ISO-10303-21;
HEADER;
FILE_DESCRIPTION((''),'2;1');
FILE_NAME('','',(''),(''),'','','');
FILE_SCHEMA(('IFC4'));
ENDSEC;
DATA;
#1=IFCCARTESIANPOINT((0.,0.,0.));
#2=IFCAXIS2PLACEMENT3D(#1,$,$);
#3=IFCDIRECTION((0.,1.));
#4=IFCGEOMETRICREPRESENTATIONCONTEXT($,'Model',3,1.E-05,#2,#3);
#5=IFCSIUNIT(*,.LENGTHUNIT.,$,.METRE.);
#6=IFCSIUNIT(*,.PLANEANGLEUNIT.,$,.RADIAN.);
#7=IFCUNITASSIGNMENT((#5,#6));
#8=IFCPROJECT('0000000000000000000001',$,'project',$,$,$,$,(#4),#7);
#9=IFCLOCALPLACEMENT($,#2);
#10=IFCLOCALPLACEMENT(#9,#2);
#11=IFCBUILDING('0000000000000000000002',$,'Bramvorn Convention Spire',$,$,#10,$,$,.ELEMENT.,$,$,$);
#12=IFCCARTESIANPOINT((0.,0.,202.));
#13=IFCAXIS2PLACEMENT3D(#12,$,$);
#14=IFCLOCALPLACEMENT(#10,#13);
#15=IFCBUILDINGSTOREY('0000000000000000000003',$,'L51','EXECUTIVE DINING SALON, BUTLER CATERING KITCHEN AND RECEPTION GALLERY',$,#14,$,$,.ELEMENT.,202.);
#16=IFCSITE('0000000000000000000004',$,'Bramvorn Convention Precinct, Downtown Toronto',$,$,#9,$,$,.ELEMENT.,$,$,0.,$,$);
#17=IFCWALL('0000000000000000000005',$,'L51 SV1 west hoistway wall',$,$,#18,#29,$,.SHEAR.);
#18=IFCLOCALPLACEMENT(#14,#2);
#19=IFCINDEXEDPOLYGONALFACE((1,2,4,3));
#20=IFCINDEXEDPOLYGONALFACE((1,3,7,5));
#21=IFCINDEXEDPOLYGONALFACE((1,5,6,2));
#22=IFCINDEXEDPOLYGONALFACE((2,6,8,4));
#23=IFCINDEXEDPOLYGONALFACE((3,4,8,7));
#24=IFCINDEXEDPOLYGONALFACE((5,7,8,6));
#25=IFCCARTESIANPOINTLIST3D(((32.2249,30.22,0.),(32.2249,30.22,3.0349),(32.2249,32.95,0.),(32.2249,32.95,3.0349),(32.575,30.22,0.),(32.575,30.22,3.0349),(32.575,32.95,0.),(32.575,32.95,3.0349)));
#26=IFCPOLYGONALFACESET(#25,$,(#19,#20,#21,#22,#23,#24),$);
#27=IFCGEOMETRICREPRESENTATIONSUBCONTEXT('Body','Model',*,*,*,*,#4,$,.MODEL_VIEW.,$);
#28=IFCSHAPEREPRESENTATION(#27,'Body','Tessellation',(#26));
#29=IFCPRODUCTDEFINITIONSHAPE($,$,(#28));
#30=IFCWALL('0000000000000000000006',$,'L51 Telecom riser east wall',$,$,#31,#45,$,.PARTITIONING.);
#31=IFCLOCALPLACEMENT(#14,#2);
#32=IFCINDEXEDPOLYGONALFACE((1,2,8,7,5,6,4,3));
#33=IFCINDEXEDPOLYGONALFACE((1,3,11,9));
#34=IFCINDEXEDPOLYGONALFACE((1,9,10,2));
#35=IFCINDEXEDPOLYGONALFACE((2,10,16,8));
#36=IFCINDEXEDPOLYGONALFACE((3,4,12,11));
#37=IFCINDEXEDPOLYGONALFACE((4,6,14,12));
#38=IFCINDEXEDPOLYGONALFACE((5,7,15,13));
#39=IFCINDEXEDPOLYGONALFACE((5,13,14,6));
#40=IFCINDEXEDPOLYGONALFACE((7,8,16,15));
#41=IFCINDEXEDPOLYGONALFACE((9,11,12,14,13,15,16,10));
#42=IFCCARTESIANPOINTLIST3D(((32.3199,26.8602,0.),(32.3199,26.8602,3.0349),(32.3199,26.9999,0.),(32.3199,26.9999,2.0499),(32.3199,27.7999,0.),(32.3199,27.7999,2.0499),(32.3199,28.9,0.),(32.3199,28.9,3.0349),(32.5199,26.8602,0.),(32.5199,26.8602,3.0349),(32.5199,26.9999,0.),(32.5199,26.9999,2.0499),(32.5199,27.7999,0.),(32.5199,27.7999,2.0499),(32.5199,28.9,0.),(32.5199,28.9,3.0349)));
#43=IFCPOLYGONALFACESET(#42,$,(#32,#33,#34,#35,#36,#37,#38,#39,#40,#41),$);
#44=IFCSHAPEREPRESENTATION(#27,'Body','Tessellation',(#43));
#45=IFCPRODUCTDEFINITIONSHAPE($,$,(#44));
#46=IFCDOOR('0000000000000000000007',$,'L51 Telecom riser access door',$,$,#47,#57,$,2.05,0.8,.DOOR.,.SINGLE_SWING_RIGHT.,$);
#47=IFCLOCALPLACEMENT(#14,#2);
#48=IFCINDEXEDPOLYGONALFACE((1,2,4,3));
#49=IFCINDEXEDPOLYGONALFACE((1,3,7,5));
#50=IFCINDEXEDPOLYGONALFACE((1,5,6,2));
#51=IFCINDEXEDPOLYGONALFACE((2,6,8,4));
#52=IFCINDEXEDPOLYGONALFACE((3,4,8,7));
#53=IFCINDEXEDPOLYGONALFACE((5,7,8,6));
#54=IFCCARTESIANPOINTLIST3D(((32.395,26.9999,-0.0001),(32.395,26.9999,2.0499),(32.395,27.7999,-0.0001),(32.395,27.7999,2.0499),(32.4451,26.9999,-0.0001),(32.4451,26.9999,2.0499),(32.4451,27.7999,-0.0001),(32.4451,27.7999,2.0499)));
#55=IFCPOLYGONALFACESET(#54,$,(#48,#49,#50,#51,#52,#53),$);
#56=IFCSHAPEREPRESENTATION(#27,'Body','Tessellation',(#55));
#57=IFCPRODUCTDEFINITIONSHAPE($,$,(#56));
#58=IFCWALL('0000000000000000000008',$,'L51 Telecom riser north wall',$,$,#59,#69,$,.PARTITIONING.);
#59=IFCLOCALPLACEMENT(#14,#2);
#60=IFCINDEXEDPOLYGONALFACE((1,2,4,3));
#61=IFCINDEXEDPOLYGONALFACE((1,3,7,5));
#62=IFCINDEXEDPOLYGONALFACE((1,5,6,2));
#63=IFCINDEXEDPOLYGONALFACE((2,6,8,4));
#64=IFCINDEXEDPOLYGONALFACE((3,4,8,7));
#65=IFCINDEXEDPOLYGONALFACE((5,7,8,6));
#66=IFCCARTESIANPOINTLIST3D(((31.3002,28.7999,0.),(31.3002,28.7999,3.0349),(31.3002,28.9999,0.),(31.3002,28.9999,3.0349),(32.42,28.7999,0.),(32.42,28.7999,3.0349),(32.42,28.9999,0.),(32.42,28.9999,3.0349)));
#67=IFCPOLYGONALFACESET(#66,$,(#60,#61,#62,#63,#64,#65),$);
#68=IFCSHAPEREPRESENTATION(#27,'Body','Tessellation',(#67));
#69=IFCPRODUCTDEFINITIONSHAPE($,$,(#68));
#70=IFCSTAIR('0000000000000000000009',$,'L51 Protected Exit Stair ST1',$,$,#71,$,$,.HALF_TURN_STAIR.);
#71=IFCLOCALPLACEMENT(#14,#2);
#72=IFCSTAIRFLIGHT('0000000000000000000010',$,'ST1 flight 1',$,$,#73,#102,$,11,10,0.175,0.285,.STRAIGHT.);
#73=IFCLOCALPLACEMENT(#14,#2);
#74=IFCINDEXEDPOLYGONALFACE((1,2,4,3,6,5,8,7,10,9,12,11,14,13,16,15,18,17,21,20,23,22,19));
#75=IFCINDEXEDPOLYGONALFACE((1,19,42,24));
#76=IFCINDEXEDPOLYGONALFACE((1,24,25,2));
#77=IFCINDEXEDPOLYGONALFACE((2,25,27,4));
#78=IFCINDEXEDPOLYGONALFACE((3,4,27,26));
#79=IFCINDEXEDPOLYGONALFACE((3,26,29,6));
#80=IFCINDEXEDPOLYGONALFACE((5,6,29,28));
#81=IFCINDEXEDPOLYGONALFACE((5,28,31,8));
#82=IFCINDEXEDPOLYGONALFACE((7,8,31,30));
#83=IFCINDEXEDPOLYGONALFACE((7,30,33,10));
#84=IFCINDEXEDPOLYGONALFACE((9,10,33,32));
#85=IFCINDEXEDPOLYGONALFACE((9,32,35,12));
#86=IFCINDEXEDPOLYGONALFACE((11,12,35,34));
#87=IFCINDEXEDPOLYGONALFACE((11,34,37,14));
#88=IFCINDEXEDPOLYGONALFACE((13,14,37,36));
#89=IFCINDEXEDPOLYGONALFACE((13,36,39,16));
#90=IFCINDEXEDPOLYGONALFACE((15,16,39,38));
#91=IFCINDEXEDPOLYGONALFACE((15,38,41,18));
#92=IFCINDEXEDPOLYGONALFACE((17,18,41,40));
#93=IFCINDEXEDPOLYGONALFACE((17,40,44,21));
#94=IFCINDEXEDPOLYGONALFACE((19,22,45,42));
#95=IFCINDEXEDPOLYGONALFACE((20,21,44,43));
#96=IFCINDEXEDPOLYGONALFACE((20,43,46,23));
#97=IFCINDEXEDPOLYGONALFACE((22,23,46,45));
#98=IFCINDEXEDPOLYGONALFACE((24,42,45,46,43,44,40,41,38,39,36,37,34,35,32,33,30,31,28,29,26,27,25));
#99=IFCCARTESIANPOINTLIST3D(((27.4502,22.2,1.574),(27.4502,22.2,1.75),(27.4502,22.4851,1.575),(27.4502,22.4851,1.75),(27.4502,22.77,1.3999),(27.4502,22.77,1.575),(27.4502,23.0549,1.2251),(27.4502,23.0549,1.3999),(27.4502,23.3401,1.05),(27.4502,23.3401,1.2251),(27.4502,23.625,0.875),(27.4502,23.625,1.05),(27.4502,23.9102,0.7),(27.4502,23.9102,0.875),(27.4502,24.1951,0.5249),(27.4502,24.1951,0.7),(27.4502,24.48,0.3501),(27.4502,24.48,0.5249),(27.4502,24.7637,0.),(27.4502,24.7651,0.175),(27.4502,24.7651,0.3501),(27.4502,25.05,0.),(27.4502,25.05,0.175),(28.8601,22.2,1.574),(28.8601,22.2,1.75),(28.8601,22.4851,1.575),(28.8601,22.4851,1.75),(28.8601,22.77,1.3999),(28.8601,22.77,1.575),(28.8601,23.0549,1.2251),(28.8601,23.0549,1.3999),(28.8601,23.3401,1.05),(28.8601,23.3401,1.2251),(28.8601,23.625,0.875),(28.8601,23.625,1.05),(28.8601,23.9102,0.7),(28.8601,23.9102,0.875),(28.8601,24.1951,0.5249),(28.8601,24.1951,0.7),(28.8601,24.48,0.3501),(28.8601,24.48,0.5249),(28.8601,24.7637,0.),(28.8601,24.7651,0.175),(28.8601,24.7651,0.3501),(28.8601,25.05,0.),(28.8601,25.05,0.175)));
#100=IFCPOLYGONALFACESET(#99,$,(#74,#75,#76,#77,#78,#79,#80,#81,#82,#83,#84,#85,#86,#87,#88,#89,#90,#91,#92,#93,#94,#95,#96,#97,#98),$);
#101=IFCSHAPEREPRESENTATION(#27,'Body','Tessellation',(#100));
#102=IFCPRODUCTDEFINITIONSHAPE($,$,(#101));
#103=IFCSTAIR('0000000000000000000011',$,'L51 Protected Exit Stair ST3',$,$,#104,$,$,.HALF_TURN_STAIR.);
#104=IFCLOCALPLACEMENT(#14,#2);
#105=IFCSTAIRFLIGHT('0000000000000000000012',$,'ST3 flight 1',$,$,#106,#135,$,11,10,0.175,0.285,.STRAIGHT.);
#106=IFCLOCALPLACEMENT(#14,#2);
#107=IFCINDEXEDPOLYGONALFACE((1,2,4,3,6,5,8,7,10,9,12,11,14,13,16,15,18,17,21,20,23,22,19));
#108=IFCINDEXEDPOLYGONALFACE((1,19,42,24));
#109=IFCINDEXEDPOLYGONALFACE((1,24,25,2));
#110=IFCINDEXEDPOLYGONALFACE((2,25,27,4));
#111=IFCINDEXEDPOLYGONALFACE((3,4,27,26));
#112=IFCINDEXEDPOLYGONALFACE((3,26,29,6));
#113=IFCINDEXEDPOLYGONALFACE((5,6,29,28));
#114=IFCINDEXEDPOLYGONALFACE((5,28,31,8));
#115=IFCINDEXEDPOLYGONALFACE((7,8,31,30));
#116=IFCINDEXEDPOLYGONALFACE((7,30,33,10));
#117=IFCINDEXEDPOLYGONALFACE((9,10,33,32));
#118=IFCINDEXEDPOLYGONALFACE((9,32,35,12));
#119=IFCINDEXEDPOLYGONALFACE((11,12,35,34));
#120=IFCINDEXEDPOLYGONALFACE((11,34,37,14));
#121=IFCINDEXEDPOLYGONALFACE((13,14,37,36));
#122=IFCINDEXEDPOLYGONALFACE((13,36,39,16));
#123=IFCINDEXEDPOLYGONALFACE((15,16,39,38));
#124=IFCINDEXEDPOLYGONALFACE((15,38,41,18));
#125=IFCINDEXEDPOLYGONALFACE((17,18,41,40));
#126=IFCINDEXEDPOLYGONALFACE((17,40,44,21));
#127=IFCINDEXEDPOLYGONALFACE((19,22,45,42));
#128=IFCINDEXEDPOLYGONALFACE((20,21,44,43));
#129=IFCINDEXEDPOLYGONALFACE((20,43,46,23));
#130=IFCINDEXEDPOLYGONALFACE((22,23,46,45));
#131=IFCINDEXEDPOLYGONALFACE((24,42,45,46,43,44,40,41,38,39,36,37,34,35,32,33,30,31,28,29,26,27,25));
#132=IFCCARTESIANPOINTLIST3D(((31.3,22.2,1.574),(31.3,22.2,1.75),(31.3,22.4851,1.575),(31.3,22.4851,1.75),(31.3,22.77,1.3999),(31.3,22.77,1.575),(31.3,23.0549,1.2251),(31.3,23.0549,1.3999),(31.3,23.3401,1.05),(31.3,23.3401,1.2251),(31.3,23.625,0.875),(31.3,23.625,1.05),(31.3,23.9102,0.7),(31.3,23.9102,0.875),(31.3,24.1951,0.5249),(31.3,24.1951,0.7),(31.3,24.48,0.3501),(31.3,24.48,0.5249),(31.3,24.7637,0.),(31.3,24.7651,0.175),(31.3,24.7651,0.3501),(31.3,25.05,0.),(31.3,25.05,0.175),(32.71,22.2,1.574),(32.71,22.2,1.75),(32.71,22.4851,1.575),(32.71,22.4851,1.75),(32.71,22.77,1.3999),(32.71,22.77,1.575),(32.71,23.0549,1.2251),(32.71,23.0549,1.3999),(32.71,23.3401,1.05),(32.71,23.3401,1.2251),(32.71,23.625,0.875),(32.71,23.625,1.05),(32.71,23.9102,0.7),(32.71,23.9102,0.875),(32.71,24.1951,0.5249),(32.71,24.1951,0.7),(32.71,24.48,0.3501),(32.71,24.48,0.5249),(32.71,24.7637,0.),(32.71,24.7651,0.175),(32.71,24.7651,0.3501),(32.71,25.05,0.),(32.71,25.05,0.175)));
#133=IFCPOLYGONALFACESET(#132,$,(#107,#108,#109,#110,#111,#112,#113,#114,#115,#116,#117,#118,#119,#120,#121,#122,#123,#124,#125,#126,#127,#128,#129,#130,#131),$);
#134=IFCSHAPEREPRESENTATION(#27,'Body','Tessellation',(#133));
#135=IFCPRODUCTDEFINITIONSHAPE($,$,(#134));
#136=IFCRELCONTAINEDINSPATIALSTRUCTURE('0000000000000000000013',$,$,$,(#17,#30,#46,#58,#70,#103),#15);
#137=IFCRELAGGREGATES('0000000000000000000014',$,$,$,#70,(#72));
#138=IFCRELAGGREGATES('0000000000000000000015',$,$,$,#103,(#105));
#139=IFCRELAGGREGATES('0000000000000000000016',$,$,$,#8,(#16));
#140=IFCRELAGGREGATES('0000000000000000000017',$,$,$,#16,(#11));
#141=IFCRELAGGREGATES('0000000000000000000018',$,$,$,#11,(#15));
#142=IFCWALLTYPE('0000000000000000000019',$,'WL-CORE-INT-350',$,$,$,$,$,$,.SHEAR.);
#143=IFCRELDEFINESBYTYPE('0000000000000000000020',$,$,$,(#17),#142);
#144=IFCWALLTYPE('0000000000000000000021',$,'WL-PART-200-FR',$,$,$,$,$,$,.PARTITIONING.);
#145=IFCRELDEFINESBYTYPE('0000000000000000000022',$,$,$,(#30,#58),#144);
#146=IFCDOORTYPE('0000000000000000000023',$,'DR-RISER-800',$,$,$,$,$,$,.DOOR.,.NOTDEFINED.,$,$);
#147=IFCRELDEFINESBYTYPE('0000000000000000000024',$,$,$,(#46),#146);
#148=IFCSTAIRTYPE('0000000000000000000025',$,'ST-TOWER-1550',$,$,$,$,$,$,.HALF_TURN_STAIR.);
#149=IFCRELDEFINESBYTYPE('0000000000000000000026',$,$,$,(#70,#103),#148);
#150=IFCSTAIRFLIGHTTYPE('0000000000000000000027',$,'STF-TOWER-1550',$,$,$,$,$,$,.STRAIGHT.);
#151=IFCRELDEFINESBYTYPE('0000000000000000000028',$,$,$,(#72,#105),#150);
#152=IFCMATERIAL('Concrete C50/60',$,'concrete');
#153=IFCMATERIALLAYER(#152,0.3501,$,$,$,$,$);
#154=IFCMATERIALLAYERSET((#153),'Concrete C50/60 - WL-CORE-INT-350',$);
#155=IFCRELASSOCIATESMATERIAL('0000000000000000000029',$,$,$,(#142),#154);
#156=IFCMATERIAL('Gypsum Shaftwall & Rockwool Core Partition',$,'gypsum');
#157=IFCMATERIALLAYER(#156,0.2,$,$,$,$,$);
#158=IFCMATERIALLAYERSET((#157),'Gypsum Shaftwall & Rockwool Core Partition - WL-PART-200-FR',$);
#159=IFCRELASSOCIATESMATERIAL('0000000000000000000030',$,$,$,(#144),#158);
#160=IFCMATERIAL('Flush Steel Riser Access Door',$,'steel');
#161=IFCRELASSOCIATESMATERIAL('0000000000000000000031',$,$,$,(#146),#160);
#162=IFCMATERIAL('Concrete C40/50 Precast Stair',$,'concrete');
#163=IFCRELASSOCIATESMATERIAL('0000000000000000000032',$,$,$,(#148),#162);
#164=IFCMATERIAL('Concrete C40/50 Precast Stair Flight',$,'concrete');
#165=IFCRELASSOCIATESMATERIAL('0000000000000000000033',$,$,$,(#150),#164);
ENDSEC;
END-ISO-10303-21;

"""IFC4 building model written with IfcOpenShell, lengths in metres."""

from ifc_helpers import new_model, si_unit, direction, frame, frame_2d, origin, place, context, subcontext, project, spatial, polyline, rectangle, outline, extrude, material, layer, layer_set, type_object, element, fill, aggregate, save


model = new_model("IFC4")

# Units and contexts
model_context = context("Model", 3, precision=1e-05, world=origin(), true_north=direction((0.0, 1.0)))
body_context = subcontext(model_context, "Body", "Model", "MODEL_VIEW")
ifc_project = project(units=[si_unit("LENGTHUNIT", "METRE"), si_unit("PLANEANGLEUNIT", "RADIAN")], contexts=[model_context])

# Site, building, storey
site_placement = place(None, origin())
site = spatial("IfcSite", under=ifc_project, at=site_placement, Name="Bramvorn Convention Precinct, Downtown Toronto", CompositionType="ELEMENT", RefElevation=0.0)
building_placement = place(site_placement, origin())
building = spatial("IfcBuilding", under=site, at=building_placement, Name="Bramvorn Convention Spire", CompositionType="ELEMENT")
storey_placement = place(building_placement, frame((0.0, 0.0, 202.0)))
storey = spatial("IfcBuildingStorey", under=building, at=storey_placement, Name="L51", Description="EXECUTIVE DINING SALON, BUTLER CATERING KITCHEN AND RECEPTION GALLERY", CompositionType="ELEMENT", Elevation=202.0)

# Shared definitions
ifc_material_1 = material(Name="Concrete C50/60", Category="concrete")
ifc_layer_1 = layer(ifc_material_1, 0.3501)
ifc_layer_set_1 = layer_set([ifc_layer_1], Name="Concrete C50/60 - WL-CORE-INT-350")
wall_type_1 = type_object("IfcWallType", Name="WL-CORE-INT-350", PredefinedType="SHEAR", material=ifc_layer_set_1)

# Wall
wall_1_placement = place(storey_placement, frame((32.3999, 30.22, 0.0), z_axis=(0.0, 0.0, 1.0), x_axis=(0.0, 1.0, 0.0)))
element("IfcWall", 1, at=wall_1_placement, inside=storey, type_object=wall_type_1, Name="L51 SV1 west hoistway wall", PredefinedType="SHEAR", context=body_context, shape_type="SweptSolid", body=[
    extrude(rectangle(XDim=2.73, YDim=0.3501, at=frame_2d((1.365, 0.0))), origin(), (0.0, 0.0, 1.0), 3.0349),
])

# Wall, opening, door
ifc_material_2 = material(Name="Gypsum Shaftwall & Rockwool Core Partition", Category="gypsum")
ifc_layer_2 = layer(ifc_material_2, 0.2)
ifc_layer_set_2 = layer_set([ifc_layer_2], Name="Gypsum Shaftwall & Rockwool Core Partition - WL-PART-200-FR")
wall_type_2 = type_object("IfcWallType", Name="WL-PART-200-FR", PredefinedType="PARTITIONING", material=ifc_layer_set_2)
wall_2_placement = place(storey_placement, frame((32.4199, 26.8601, 0.0), z_axis=(0.0, 0.0, 1.0), x_axis=(0.0, 1.0, 0.0)))
wall_2 = element("IfcWall", 2, at=wall_2_placement, inside=storey, type_object=wall_type_2, Name="L51 Telecom riser east wall", PredefinedType="PARTITIONING", context=body_context, shape_type="SweptSolid", body=[
    extrude(rectangle(XDim=2.0398, YDim=0.2, at=frame_2d((1.02, 0.0))), origin(), (0.0, 0.0, 1.0), 3.0349),
])
opening_1_placement = place(wall_2_placement, frame((0.1399, 0.0, 0.0)))
opening_1 = element("IfcOpeningElement", 3, at=opening_1_placement, cuts=wall_2, PredefinedType="OPENING", context=body_context, shape_type="SweptSolid", body=[
    extrude(rectangle(XDim=0.8, YDim=2.05, at=frame_2d((0.3999, 1.0249))), frame((0.0, 0.1099, 0.0), z_axis=(0.0, -1.0, 0.0), x_axis=(1.0, 0.0, 0.0)), (0.0, 0.0, 1.0), 0.22),
])
ifc_material_3 = material(Name="Flush Steel Riser Access Door", Category="steel")
door_type_1 = type_object("IfcDoorType", Name="DR-RISER-800", OperationType="NOTDEFINED", PredefinedType="DOOR", material=ifc_material_3)
door_1_placement = place(opening_1_placement, origin())
door_1 = element("IfcDoor", 4, at=door_1_placement, inside=storey, type_object=door_type_1, Name="L51 Telecom riser access door", OperationType="SINGLE_SWING_RIGHT", OverallHeight=2.05, OverallWidth=0.8, PredefinedType="DOOR", context=body_context, shape_type="SweptSolid", body=[
    extrude(rectangle(XDim=0.8, YDim=2.05, at=frame_2d((0.3999, 1.0249))), frame((0.0, 0.0249, 0.0), z_axis=(0.0, -1.0, 0.0), x_axis=(1.0, 0.0, 0.0)), (0.0, 0.0, 1.0), 0.05),
])
fill(opening_1, door_1)

# Wall
wall_3_placement = place(storey_placement, frame((31.3, 28.8999, 0.0), z_axis=(0.0, 0.0, 1.0), x_axis=(1.0, 0.0, 0.0)))
element("IfcWall", 5, at=wall_3_placement, inside=storey, type_object=wall_type_2, Name="L51 Telecom riser north wall", PredefinedType="PARTITIONING", context=body_context, shape_type="SweptSolid", body=[
    extrude(rectangle(XDim=1.1199, YDim=0.2, at=frame_2d((0.5601, 0.0))), origin(), (0.0, 0.0, 1.0), 3.0349),
])

# Stairs, stair flights
ifc_material_4 = material(Name="Concrete C40/50 Precast Stair", Category="concrete")
stair_type = type_object("IfcStairType", Name="ST-TOWER-1550", PredefinedType="HALF_TURN_STAIR", material=ifc_material_4)
stair_1_placement = place(storey_placement, origin())
stair_1 = element("IfcStair", 6, at=stair_1_placement, inside=storey, type_object=stair_type, Name="L51 Protected Exit Stair ST1", PredefinedType="HALF_TURN_STAIR")
ifc_material_5 = material(Name="Concrete C40/50 Precast Stair Flight", Category="concrete")
stair_flight_type = type_object("IfcStairFlightType", Name="STF-TOWER-1550", PredefinedType="STRAIGHT", material=ifc_material_5)
stair_flight_1_placement = place(storey_placement, frame((28.155, 25.05, 0.0), z_axis=(0.0, 0.0, 1.0), x_axis=(0.0, -1.0, 0.0)))
stair_flight_1 = element("IfcStairFlight", 7, at=stair_flight_1_placement, type_object=stair_flight_type, Name="ST1 flight 1", NumberOfRisers=11, NumberOfTreads=10, PredefinedType="STRAIGHT", RiserHeight=0.175, TreadLength=0.285, context=body_context, shape_type="SweptSolid", body=[
    extrude(outline(polyline([(0.0, 0.0), (0.0, 0.175), (0.2849, 0.175), (0.2849, 0.3501), (0.5701, 0.3501), (0.5701, 0.5249), (0.855, 0.5249), (0.855, 0.7), (1.1399, 0.7), (1.1399, 0.875), (1.425, 0.875), (1.425, 1.05), (1.71, 1.05), (1.71, 1.2251), (1.9951, 1.2251), (1.9951, 1.3999), (2.28, 1.3999), (2.28, 1.575), (2.5649, 1.575), (2.5649, 1.75), (2.8501, 1.75), (2.8501, 1.925), (2.8501, 1.574), (0.2864, 0.0), (0.0, 0.0)])), frame((0.0, 0.7051, 0.0), z_axis=(0.0, -1.0, 0.0), x_axis=(1.0, 0.0, 0.0)), (0.0, 0.0, 1.0), 1.4099),
])
aggregate(stair_1, [stair_flight_1])
stair_2_placement = place(storey_placement, origin())
stair_2 = element("IfcStair", 8, at=stair_2_placement, inside=storey, type_object=stair_type, Name="L51 Protected Exit Stair ST3", PredefinedType="HALF_TURN_STAIR")
stair_flight_2_placement = place(storey_placement, frame((32.0049, 25.05, 0.0), z_axis=(0.0, 0.0, 1.0), x_axis=(0.0, -1.0, 0.0)))
stair_flight_2 = element("IfcStairFlight", 9, at=stair_flight_2_placement, type_object=stair_flight_type, Name="ST3 flight 1", NumberOfRisers=11, NumberOfTreads=10, PredefinedType="STRAIGHT", RiserHeight=0.175, TreadLength=0.285, context=body_context, shape_type="SweptSolid", body=[
    extrude(outline(polyline([(0.0, 0.0), (0.0, 0.175), (0.2849, 0.175), (0.2849, 0.3501), (0.5701, 0.3501), (0.5701, 0.5249), (0.855, 0.5249), (0.855, 0.7), (1.1399, 0.7), (1.1399, 0.875), (1.425, 0.875), (1.425, 1.05), (1.71, 1.05), (1.71, 1.2251), (1.9951, 1.2251), (1.9951, 1.3999), (2.28, 1.3999), (2.28, 1.575), (2.5649, 1.575), (2.5649, 1.75), (2.8501, 1.75), (2.8501, 1.925), (2.8501, 1.574), (0.2864, 0.0), (0.0, 0.0)])), frame((0.0, 0.7051, 0.0), z_axis=(0.0, -1.0, 0.0), x_axis=(1.0, 0.0, 0.0)), (0.0, 0.0, 1.0), 1.4099),
])
aggregate(stair_2, [stair_flight_2])

save(model, "model.ifc")
